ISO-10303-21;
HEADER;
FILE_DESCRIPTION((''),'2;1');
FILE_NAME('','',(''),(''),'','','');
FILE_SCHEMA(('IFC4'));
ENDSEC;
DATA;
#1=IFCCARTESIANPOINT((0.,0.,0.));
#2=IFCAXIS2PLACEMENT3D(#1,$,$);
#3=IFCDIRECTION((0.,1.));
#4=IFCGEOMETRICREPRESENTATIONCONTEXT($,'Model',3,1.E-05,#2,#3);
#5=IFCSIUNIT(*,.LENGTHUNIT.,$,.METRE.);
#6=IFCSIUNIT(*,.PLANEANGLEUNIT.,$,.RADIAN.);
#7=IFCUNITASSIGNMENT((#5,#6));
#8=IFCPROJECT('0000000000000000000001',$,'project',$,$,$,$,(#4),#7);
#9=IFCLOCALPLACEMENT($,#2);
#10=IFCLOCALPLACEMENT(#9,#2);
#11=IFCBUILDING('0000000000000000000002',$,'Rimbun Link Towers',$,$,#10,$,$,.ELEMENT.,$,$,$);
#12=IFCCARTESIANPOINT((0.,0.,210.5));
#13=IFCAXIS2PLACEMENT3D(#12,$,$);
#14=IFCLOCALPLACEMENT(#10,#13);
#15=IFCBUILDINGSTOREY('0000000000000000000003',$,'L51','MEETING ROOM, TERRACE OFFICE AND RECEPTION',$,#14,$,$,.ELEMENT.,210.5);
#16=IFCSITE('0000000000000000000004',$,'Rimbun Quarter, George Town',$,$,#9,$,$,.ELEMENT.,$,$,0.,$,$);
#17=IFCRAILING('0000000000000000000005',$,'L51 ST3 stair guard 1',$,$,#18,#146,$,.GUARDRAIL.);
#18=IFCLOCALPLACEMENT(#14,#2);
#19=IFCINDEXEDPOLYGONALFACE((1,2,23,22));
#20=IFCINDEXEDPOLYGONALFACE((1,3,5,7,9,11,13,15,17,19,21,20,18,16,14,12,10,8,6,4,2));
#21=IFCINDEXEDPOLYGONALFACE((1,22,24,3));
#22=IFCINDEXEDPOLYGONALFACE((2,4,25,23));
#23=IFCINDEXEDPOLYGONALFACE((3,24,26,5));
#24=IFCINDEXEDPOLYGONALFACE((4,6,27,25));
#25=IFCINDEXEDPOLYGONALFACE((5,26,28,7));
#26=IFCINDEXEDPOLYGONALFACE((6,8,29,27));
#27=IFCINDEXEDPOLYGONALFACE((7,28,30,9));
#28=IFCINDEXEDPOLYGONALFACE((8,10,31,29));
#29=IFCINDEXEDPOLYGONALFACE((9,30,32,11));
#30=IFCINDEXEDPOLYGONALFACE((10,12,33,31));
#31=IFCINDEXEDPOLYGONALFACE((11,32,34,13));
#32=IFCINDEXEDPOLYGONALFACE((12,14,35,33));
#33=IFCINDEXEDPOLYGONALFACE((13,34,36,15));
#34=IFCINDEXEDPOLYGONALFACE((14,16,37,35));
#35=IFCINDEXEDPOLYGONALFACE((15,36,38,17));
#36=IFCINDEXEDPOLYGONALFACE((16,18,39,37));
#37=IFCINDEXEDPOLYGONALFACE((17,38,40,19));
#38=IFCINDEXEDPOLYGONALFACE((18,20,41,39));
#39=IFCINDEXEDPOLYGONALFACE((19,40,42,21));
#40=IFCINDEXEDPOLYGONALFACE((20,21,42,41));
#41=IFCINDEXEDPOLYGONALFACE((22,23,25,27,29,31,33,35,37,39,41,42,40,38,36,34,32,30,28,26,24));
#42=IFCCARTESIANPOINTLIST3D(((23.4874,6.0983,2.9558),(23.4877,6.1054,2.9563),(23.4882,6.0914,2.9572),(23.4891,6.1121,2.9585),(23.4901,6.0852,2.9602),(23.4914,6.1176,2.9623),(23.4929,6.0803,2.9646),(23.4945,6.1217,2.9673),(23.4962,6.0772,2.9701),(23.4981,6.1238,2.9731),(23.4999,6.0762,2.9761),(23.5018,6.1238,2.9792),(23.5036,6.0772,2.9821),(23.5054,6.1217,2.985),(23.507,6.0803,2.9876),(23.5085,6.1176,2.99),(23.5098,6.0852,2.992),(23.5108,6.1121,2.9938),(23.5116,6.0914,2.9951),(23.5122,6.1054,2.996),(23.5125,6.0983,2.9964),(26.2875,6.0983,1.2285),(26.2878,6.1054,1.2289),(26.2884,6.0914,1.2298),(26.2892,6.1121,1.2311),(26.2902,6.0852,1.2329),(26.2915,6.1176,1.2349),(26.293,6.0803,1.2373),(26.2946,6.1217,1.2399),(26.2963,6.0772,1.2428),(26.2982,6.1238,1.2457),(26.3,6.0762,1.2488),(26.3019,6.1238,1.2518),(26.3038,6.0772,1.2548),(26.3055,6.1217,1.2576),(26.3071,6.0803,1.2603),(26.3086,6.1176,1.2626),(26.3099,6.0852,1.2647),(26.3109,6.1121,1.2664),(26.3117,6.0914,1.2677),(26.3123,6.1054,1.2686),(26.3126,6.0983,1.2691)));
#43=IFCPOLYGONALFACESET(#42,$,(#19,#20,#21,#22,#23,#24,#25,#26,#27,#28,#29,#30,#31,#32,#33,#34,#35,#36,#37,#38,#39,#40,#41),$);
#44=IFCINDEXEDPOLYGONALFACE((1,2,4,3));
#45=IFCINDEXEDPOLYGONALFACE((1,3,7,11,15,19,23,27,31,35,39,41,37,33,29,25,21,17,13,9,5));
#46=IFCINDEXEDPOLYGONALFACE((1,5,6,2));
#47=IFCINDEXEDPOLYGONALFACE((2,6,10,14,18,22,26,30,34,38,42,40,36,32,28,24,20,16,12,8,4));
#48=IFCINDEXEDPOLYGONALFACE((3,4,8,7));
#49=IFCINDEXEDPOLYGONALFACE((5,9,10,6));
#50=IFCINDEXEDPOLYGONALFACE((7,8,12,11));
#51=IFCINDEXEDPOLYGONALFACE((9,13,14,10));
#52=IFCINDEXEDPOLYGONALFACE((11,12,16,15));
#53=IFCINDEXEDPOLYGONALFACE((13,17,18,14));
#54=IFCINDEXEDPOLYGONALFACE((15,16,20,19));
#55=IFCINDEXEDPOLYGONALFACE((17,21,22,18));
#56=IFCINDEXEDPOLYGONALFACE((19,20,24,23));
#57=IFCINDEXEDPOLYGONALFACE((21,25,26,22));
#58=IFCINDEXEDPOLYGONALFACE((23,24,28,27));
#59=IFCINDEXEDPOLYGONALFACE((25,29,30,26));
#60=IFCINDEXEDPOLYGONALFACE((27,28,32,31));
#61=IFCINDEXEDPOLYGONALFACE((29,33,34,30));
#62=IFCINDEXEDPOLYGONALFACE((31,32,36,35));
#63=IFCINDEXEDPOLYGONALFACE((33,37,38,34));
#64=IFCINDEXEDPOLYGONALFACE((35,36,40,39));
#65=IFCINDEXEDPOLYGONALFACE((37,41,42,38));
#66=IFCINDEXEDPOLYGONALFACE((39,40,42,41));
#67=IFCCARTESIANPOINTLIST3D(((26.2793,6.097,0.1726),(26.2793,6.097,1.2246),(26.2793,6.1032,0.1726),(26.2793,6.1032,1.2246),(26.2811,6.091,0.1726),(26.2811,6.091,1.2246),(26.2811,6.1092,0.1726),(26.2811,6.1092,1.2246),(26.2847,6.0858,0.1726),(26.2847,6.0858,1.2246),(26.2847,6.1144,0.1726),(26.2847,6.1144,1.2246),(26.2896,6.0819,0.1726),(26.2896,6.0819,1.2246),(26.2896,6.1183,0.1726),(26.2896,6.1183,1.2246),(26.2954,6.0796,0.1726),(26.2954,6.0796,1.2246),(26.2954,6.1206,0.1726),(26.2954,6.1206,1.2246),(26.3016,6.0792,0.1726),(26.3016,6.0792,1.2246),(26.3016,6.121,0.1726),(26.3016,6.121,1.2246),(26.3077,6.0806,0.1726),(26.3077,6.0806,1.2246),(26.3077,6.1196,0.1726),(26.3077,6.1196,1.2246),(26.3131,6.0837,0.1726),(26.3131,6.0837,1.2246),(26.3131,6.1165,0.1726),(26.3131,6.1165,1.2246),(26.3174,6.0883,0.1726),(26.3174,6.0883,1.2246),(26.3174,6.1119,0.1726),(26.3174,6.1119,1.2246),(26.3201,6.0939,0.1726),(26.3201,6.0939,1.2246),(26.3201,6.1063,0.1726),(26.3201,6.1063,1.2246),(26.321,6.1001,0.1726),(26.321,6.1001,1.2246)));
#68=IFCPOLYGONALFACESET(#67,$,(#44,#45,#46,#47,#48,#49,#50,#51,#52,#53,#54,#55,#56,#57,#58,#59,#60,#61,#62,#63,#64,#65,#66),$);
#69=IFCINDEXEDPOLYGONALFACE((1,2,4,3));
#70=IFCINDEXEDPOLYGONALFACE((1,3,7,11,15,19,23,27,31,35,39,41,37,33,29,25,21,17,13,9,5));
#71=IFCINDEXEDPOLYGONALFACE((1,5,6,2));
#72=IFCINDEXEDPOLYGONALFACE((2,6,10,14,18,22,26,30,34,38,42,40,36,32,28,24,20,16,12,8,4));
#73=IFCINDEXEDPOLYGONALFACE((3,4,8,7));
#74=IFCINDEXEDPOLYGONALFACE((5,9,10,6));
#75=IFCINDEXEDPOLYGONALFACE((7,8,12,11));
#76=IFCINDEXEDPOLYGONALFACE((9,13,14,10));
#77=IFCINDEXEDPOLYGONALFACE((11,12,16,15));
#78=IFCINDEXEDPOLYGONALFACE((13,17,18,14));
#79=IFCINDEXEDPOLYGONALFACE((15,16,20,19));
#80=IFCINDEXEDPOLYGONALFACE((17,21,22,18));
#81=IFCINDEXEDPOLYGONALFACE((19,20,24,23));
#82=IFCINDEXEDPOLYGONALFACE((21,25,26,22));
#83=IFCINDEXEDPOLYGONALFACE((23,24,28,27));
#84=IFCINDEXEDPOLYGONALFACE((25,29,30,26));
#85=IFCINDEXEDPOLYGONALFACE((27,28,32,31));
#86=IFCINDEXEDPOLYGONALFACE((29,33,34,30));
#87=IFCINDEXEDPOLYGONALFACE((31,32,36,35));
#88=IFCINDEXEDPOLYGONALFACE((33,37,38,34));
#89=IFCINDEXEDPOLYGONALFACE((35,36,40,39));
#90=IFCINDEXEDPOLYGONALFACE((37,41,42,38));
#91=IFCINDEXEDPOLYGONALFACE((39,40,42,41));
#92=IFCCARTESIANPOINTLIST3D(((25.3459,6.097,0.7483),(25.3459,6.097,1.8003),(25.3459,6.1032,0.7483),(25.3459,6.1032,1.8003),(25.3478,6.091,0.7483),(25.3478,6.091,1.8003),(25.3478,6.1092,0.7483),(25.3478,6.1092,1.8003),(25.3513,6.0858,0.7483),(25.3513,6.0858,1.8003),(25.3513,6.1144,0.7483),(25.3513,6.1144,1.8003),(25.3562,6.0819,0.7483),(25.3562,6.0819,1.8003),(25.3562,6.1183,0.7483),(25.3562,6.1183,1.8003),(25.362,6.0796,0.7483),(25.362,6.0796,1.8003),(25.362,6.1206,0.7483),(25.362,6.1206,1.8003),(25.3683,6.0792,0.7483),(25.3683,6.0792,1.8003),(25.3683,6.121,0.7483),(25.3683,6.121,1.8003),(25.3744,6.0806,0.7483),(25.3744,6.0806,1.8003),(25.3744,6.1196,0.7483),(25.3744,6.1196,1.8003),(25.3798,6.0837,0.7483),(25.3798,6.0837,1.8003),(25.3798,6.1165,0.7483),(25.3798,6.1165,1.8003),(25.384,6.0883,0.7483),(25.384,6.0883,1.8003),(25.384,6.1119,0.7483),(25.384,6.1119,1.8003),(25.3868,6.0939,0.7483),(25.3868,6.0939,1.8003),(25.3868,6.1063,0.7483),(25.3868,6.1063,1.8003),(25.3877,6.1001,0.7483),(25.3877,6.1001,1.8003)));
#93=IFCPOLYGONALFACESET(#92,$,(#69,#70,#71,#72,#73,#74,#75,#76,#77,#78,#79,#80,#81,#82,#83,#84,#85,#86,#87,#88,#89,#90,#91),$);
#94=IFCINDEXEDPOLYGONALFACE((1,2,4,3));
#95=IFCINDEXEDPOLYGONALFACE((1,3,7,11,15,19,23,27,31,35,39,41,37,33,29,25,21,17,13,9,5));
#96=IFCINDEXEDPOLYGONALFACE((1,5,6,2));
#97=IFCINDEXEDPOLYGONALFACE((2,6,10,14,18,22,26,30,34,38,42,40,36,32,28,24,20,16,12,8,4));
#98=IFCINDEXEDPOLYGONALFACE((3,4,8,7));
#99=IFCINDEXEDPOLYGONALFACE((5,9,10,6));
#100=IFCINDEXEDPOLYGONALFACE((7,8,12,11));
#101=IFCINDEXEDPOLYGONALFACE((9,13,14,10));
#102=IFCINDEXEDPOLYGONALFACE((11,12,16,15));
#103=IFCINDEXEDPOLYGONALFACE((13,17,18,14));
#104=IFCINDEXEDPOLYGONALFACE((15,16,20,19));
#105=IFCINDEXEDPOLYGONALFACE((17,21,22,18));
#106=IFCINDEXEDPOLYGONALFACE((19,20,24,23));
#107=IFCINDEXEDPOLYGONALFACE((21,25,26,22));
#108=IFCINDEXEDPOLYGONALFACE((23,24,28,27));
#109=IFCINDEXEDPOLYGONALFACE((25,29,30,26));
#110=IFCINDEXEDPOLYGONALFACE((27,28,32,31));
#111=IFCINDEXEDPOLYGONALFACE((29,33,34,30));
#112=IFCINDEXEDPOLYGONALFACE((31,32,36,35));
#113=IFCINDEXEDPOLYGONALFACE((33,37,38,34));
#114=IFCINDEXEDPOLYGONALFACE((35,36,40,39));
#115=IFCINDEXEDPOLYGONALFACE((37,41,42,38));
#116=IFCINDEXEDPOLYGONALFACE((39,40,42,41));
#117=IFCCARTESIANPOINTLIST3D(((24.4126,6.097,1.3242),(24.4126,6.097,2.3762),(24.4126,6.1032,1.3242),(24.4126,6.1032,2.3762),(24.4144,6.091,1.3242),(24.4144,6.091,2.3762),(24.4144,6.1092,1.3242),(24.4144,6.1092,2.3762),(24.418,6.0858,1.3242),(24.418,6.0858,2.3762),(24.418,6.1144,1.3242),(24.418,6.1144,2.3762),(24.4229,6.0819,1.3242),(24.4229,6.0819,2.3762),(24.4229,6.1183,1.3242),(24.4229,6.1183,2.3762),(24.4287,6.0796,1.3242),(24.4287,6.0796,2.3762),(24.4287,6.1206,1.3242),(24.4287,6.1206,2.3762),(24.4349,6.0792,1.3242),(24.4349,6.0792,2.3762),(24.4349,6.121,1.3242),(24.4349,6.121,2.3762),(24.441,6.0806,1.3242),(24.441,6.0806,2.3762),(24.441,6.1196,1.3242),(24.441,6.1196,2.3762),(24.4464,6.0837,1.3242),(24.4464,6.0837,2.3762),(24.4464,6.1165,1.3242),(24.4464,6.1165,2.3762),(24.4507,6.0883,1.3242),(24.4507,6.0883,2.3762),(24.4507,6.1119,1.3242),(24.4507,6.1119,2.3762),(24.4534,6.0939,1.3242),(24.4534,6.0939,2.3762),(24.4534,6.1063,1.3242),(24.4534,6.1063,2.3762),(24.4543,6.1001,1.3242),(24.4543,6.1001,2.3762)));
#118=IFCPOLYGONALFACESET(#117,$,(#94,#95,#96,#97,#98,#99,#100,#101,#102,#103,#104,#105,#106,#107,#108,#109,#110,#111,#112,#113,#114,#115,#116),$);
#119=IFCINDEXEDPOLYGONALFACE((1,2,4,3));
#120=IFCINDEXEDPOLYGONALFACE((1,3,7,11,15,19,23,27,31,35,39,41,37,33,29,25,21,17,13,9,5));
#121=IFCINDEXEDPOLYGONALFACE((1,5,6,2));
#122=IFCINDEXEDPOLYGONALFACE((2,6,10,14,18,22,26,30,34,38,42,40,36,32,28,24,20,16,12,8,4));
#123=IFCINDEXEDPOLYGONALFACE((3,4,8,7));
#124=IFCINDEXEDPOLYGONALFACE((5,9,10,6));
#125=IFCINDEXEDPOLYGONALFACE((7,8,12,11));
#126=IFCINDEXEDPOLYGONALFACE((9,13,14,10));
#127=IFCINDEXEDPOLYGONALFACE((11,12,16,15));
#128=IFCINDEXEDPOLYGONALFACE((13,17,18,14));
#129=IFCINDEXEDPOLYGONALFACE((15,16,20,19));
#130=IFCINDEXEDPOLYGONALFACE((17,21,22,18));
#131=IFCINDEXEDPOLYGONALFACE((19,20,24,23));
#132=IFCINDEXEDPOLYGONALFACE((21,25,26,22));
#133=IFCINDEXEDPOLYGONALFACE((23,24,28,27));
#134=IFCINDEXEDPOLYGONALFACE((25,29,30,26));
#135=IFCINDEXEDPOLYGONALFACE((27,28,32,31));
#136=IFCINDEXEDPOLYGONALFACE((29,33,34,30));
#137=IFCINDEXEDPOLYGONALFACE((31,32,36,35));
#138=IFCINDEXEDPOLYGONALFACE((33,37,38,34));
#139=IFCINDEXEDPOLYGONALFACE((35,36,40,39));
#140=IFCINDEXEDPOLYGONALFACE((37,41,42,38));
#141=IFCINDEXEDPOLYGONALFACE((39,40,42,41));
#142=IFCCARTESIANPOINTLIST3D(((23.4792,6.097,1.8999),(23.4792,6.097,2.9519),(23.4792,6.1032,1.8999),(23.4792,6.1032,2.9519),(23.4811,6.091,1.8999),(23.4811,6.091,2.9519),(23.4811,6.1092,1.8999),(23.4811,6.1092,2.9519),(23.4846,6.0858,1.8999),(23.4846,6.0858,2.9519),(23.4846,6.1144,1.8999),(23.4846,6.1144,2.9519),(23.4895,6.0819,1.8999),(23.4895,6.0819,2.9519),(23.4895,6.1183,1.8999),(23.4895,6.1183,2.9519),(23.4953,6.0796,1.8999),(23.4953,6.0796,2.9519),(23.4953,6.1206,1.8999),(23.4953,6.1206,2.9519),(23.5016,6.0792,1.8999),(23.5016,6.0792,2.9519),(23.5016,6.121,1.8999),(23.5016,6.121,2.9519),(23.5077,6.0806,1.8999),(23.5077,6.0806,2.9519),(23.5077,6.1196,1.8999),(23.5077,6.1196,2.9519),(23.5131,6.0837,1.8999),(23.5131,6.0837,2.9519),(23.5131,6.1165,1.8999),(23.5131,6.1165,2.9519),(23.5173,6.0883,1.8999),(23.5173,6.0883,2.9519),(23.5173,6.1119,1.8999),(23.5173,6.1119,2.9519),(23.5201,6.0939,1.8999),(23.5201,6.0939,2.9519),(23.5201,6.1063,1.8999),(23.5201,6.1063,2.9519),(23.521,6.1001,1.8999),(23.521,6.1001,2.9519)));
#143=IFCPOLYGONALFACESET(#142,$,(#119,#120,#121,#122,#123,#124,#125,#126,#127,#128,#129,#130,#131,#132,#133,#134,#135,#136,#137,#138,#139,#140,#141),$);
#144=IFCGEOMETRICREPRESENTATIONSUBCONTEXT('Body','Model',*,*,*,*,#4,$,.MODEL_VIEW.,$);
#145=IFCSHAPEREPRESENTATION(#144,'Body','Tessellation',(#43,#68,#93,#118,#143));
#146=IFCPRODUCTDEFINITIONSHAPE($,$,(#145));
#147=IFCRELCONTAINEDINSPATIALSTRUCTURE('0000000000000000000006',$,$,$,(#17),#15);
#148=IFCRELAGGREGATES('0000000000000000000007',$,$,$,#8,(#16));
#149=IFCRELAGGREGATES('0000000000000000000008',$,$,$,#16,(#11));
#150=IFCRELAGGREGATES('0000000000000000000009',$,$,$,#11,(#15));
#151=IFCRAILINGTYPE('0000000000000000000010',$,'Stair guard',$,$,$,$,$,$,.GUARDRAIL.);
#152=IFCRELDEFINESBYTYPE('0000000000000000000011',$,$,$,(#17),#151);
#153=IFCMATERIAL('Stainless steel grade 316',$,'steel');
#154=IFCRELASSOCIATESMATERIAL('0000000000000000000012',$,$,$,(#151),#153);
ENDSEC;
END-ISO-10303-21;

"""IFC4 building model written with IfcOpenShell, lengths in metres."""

from ifc_helpers import new_model, si_unit, direction, frame, origin, origin_2d, place, context, subcontext, project, spatial, circle, extrude, material, type_object, element, save


model = new_model("IFC4")

# Units and contexts
model_context = context("Model", 3, precision=1e-05, world=origin(), true_north=direction((0.0, 1.0)))
body_context = subcontext(model_context, "Body", "Model", "MODEL_VIEW")
ifc_project = project(units=[si_unit("LENGTHUNIT", "METRE"), si_unit("PLANEANGLEUNIT", "RADIAN")], contexts=[model_context])

# Site, building, storey
site_placement = place(None, origin())
site = spatial("IfcSite", under=ifc_project, at=site_placement, Name="Rimbun Quarter, George Town", CompositionType="ELEMENT", RefElevation=0.0)
building_placement = place(site_placement, origin())
building = spatial("IfcBuilding", under=site, at=building_placement, Name="Rimbun Link Towers", CompositionType="ELEMENT")
storey_placement = place(building_placement, frame((0.0, 0.0, 210.5)))
storey = spatial("IfcBuildingStorey", under=building, at=storey_placement, Name="L51", Description="MEETING ROOM, TERRACE OFFICE AND RECEPTION", CompositionType="ELEMENT", Elevation=210.5)

# Railing
ifc_material_1 = material(Name="Stainless steel grade 316", Category="steel")
railing_type_1 = type_object("IfcRailingType", Name="Stair guard", PredefinedType="GUARDRAIL", material=ifc_material_1)
railing_1_placement = place(storey_placement, frame((26.3, 6.1001, 0.1726)))
element("IfcRailing", 1, at=railing_1_placement, inside=storey, type_object=railing_type_1, Name="L51 ST3 stair guard 1", PredefinedType="GUARDRAIL", context=body_context, shape_type="SweptSolid", body=[
    extrude(circle(Radius=0.0239, at=origin_2d()), frame((0.0, 0.0, 1.0762), z_axis=(-0.85109, 0.0, 0.52502), x_axis=(0.0, -1.0, 0.0)), (0.0, 0.0, 1.0), 3.29),
    extrude(circle(Radius=0.021, at=origin_2d()), origin(), (0.0, 0.0, 1.0), 1.052),
    extrude(circle(Radius=0.021, at=origin_2d()), frame((-0.9333, 0.0, 0.5757)), (0.0, 0.0, 1.0), 1.052),
    extrude(circle(Radius=0.021, at=origin_2d()), frame((-1.8667, 0.0, 1.1516)), (0.0, 0.0, 1.0), 1.052),
    extrude(circle(Radius=0.021, at=origin_2d()), frame((-2.8, 0.0, 1.7273)), (0.0, 0.0, 1.0), 1.052),
])

save(model, "model.ifc")
